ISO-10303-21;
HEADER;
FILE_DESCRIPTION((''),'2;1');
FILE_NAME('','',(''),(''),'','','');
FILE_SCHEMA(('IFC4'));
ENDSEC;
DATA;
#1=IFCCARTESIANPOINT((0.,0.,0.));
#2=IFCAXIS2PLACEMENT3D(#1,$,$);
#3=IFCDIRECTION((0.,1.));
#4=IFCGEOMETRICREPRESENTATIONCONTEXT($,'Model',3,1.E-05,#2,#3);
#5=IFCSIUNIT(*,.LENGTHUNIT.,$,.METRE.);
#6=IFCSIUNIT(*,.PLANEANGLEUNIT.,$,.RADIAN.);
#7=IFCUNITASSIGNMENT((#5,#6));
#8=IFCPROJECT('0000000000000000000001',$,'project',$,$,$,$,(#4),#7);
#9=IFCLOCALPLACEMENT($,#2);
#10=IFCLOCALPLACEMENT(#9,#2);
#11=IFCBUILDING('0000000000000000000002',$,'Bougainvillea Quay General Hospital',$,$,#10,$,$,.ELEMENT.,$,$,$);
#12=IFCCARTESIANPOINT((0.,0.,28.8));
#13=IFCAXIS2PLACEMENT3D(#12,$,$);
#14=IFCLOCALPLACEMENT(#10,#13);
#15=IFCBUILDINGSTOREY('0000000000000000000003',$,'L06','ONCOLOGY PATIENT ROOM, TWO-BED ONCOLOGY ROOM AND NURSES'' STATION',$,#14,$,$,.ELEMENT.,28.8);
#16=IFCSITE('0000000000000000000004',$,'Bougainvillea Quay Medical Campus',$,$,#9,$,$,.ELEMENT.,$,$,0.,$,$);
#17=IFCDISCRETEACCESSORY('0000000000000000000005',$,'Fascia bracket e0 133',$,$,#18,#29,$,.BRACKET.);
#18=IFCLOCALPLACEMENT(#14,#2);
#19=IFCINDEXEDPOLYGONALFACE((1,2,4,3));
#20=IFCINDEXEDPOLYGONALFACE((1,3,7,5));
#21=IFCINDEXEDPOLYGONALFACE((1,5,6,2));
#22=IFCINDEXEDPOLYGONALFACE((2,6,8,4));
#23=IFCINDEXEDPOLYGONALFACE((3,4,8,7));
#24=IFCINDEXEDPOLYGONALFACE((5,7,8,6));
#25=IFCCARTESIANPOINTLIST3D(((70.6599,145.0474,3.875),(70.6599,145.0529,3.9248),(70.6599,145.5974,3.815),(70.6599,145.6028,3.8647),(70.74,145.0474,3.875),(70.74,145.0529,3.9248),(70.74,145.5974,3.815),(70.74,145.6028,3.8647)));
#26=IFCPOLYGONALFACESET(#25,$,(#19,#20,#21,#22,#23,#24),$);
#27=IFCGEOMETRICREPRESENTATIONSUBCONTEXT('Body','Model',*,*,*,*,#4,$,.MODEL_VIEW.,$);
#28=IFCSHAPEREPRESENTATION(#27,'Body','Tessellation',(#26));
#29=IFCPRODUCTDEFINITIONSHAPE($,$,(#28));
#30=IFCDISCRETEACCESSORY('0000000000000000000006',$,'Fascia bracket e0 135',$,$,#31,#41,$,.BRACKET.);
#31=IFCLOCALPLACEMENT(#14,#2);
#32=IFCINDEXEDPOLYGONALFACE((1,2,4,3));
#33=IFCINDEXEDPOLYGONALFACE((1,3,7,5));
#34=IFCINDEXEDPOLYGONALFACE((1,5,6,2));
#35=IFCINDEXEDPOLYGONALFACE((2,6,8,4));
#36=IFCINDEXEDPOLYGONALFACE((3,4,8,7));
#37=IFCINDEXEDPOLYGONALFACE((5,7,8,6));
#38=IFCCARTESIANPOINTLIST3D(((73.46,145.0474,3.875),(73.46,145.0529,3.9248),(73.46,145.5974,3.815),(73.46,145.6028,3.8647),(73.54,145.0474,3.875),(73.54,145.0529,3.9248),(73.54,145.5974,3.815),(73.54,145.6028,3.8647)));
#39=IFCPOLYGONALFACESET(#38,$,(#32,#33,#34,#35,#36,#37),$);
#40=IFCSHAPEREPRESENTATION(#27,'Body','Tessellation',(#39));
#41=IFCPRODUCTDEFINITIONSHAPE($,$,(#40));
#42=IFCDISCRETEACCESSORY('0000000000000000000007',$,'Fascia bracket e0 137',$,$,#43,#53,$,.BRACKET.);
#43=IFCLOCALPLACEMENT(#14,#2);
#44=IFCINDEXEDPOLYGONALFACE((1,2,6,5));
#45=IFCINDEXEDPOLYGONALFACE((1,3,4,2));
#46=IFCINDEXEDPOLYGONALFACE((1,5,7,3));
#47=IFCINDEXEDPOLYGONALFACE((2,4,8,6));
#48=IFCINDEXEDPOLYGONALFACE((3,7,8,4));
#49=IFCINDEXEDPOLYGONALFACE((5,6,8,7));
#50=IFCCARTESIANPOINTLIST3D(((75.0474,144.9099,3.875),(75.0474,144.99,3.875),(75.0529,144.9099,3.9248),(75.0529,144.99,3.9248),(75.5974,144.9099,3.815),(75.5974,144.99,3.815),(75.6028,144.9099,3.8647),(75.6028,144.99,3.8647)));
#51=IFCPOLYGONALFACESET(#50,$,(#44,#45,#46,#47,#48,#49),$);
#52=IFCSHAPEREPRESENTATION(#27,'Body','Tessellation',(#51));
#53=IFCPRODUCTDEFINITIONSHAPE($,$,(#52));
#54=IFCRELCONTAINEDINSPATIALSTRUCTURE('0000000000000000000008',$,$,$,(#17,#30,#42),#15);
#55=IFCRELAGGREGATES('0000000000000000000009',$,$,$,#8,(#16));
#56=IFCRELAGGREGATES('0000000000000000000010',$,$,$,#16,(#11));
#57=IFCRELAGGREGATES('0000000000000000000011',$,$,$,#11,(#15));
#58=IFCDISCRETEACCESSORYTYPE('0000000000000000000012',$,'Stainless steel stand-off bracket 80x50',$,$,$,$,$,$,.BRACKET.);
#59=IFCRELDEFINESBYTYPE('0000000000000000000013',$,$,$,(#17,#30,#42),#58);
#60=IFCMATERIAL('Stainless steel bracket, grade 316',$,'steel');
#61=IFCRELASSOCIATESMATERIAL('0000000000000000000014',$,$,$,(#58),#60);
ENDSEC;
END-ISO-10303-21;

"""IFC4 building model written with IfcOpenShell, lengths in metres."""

from ifc_helpers import new_model, si_unit, direction, frame, origin, origin_2d, place, context, subcontext, project, spatial, rectangle, extrude, material, material_profile, profile_set, type_object, element, save


model = new_model("IFC4")

# Units and contexts
model_context = context("Model", 3, precision=1e-05, world=origin(), true_north=direction((0.0, 1.0)))
body_context = subcontext(model_context, "Body", "Model", "MODEL_VIEW")
ifc_project = project(units=[si_unit("LENGTHUNIT", "METRE"), si_unit("PLANEANGLEUNIT", "RADIAN")], contexts=[model_context])

# Site, building, storey
site_placement = place(None, origin())
site = spatial("IfcSite", under=ifc_project, at=site_placement, Name="Bougainvillea Quay Medical Campus", CompositionType="ELEMENT", RefElevation=0.0)
building_placement = place(site_placement, origin())
building = spatial("IfcBuilding", under=site, at=building_placement, Name="Bougainvillea Quay General Hospital", CompositionType="ELEMENT")
storey_placement = place(building_placement, frame((0.0, 0.0, 28.8)))
storey = spatial("IfcBuildingStorey", under=building, at=storey_placement, Name="L06", Description="ONCOLOGY PATIENT ROOM, TWO-BED ONCOLOGY ROOM AND NURSES' STATION", CompositionType="ELEMENT", Elevation=28.8)

# Discrete accessories
ifc_material_1 = material(Name="Stainless steel bracket, grade 316", Category="steel")
ifc_material_profile_1 = material_profile(ifc_material_1, rectangle(XDim=0.0801, YDim=0.05, at=origin_2d()))
ifc_profile_set_1 = profile_set([ifc_material_profile_1], Name="Stainless steel bracket, grade 316")
discrete_accessory_type_1 = type_object("IfcDiscreteAccessoryType", Name="Stainless steel stand-off bracket 80x50", PredefinedType="BRACKET", material=ifc_profile_set_1)
for number, where, z_axis, x_axis, name in (
    (1, (70.7, 145.6001, 3.8398), (0.0, -0.994092, 0.108543), (1.0, 0.0, 0.0), "Fascia bracket e0 133"),
    (2, (73.5, 145.6001, 3.8398), (0.0, -0.994092, 0.108543), (1.0, 0.0, 0.0), "Fascia bracket e0 135"),
    (3, (75.6001, 144.95, 3.8398), (-0.994092, 0.0, 0.108543), (0.0, -1.0, 0.0), "Fascia bracket e0 137"),
):
    element("IfcDiscreteAccessory", number, at=place(storey_placement, frame(where, z_axis=z_axis, x_axis=x_axis)), inside=storey, type_object=discrete_accessory_type_1, Name=name, PredefinedType="BRACKET", context=body_context, shape_type="SweptSolid", body=[
        extrude(rectangle(XDim=0.0801, YDim=0.05, at=origin_2d()), origin(), (0.0, 0.0, 1.0), 0.5532),
    ])

save(model, "model.ifc")
